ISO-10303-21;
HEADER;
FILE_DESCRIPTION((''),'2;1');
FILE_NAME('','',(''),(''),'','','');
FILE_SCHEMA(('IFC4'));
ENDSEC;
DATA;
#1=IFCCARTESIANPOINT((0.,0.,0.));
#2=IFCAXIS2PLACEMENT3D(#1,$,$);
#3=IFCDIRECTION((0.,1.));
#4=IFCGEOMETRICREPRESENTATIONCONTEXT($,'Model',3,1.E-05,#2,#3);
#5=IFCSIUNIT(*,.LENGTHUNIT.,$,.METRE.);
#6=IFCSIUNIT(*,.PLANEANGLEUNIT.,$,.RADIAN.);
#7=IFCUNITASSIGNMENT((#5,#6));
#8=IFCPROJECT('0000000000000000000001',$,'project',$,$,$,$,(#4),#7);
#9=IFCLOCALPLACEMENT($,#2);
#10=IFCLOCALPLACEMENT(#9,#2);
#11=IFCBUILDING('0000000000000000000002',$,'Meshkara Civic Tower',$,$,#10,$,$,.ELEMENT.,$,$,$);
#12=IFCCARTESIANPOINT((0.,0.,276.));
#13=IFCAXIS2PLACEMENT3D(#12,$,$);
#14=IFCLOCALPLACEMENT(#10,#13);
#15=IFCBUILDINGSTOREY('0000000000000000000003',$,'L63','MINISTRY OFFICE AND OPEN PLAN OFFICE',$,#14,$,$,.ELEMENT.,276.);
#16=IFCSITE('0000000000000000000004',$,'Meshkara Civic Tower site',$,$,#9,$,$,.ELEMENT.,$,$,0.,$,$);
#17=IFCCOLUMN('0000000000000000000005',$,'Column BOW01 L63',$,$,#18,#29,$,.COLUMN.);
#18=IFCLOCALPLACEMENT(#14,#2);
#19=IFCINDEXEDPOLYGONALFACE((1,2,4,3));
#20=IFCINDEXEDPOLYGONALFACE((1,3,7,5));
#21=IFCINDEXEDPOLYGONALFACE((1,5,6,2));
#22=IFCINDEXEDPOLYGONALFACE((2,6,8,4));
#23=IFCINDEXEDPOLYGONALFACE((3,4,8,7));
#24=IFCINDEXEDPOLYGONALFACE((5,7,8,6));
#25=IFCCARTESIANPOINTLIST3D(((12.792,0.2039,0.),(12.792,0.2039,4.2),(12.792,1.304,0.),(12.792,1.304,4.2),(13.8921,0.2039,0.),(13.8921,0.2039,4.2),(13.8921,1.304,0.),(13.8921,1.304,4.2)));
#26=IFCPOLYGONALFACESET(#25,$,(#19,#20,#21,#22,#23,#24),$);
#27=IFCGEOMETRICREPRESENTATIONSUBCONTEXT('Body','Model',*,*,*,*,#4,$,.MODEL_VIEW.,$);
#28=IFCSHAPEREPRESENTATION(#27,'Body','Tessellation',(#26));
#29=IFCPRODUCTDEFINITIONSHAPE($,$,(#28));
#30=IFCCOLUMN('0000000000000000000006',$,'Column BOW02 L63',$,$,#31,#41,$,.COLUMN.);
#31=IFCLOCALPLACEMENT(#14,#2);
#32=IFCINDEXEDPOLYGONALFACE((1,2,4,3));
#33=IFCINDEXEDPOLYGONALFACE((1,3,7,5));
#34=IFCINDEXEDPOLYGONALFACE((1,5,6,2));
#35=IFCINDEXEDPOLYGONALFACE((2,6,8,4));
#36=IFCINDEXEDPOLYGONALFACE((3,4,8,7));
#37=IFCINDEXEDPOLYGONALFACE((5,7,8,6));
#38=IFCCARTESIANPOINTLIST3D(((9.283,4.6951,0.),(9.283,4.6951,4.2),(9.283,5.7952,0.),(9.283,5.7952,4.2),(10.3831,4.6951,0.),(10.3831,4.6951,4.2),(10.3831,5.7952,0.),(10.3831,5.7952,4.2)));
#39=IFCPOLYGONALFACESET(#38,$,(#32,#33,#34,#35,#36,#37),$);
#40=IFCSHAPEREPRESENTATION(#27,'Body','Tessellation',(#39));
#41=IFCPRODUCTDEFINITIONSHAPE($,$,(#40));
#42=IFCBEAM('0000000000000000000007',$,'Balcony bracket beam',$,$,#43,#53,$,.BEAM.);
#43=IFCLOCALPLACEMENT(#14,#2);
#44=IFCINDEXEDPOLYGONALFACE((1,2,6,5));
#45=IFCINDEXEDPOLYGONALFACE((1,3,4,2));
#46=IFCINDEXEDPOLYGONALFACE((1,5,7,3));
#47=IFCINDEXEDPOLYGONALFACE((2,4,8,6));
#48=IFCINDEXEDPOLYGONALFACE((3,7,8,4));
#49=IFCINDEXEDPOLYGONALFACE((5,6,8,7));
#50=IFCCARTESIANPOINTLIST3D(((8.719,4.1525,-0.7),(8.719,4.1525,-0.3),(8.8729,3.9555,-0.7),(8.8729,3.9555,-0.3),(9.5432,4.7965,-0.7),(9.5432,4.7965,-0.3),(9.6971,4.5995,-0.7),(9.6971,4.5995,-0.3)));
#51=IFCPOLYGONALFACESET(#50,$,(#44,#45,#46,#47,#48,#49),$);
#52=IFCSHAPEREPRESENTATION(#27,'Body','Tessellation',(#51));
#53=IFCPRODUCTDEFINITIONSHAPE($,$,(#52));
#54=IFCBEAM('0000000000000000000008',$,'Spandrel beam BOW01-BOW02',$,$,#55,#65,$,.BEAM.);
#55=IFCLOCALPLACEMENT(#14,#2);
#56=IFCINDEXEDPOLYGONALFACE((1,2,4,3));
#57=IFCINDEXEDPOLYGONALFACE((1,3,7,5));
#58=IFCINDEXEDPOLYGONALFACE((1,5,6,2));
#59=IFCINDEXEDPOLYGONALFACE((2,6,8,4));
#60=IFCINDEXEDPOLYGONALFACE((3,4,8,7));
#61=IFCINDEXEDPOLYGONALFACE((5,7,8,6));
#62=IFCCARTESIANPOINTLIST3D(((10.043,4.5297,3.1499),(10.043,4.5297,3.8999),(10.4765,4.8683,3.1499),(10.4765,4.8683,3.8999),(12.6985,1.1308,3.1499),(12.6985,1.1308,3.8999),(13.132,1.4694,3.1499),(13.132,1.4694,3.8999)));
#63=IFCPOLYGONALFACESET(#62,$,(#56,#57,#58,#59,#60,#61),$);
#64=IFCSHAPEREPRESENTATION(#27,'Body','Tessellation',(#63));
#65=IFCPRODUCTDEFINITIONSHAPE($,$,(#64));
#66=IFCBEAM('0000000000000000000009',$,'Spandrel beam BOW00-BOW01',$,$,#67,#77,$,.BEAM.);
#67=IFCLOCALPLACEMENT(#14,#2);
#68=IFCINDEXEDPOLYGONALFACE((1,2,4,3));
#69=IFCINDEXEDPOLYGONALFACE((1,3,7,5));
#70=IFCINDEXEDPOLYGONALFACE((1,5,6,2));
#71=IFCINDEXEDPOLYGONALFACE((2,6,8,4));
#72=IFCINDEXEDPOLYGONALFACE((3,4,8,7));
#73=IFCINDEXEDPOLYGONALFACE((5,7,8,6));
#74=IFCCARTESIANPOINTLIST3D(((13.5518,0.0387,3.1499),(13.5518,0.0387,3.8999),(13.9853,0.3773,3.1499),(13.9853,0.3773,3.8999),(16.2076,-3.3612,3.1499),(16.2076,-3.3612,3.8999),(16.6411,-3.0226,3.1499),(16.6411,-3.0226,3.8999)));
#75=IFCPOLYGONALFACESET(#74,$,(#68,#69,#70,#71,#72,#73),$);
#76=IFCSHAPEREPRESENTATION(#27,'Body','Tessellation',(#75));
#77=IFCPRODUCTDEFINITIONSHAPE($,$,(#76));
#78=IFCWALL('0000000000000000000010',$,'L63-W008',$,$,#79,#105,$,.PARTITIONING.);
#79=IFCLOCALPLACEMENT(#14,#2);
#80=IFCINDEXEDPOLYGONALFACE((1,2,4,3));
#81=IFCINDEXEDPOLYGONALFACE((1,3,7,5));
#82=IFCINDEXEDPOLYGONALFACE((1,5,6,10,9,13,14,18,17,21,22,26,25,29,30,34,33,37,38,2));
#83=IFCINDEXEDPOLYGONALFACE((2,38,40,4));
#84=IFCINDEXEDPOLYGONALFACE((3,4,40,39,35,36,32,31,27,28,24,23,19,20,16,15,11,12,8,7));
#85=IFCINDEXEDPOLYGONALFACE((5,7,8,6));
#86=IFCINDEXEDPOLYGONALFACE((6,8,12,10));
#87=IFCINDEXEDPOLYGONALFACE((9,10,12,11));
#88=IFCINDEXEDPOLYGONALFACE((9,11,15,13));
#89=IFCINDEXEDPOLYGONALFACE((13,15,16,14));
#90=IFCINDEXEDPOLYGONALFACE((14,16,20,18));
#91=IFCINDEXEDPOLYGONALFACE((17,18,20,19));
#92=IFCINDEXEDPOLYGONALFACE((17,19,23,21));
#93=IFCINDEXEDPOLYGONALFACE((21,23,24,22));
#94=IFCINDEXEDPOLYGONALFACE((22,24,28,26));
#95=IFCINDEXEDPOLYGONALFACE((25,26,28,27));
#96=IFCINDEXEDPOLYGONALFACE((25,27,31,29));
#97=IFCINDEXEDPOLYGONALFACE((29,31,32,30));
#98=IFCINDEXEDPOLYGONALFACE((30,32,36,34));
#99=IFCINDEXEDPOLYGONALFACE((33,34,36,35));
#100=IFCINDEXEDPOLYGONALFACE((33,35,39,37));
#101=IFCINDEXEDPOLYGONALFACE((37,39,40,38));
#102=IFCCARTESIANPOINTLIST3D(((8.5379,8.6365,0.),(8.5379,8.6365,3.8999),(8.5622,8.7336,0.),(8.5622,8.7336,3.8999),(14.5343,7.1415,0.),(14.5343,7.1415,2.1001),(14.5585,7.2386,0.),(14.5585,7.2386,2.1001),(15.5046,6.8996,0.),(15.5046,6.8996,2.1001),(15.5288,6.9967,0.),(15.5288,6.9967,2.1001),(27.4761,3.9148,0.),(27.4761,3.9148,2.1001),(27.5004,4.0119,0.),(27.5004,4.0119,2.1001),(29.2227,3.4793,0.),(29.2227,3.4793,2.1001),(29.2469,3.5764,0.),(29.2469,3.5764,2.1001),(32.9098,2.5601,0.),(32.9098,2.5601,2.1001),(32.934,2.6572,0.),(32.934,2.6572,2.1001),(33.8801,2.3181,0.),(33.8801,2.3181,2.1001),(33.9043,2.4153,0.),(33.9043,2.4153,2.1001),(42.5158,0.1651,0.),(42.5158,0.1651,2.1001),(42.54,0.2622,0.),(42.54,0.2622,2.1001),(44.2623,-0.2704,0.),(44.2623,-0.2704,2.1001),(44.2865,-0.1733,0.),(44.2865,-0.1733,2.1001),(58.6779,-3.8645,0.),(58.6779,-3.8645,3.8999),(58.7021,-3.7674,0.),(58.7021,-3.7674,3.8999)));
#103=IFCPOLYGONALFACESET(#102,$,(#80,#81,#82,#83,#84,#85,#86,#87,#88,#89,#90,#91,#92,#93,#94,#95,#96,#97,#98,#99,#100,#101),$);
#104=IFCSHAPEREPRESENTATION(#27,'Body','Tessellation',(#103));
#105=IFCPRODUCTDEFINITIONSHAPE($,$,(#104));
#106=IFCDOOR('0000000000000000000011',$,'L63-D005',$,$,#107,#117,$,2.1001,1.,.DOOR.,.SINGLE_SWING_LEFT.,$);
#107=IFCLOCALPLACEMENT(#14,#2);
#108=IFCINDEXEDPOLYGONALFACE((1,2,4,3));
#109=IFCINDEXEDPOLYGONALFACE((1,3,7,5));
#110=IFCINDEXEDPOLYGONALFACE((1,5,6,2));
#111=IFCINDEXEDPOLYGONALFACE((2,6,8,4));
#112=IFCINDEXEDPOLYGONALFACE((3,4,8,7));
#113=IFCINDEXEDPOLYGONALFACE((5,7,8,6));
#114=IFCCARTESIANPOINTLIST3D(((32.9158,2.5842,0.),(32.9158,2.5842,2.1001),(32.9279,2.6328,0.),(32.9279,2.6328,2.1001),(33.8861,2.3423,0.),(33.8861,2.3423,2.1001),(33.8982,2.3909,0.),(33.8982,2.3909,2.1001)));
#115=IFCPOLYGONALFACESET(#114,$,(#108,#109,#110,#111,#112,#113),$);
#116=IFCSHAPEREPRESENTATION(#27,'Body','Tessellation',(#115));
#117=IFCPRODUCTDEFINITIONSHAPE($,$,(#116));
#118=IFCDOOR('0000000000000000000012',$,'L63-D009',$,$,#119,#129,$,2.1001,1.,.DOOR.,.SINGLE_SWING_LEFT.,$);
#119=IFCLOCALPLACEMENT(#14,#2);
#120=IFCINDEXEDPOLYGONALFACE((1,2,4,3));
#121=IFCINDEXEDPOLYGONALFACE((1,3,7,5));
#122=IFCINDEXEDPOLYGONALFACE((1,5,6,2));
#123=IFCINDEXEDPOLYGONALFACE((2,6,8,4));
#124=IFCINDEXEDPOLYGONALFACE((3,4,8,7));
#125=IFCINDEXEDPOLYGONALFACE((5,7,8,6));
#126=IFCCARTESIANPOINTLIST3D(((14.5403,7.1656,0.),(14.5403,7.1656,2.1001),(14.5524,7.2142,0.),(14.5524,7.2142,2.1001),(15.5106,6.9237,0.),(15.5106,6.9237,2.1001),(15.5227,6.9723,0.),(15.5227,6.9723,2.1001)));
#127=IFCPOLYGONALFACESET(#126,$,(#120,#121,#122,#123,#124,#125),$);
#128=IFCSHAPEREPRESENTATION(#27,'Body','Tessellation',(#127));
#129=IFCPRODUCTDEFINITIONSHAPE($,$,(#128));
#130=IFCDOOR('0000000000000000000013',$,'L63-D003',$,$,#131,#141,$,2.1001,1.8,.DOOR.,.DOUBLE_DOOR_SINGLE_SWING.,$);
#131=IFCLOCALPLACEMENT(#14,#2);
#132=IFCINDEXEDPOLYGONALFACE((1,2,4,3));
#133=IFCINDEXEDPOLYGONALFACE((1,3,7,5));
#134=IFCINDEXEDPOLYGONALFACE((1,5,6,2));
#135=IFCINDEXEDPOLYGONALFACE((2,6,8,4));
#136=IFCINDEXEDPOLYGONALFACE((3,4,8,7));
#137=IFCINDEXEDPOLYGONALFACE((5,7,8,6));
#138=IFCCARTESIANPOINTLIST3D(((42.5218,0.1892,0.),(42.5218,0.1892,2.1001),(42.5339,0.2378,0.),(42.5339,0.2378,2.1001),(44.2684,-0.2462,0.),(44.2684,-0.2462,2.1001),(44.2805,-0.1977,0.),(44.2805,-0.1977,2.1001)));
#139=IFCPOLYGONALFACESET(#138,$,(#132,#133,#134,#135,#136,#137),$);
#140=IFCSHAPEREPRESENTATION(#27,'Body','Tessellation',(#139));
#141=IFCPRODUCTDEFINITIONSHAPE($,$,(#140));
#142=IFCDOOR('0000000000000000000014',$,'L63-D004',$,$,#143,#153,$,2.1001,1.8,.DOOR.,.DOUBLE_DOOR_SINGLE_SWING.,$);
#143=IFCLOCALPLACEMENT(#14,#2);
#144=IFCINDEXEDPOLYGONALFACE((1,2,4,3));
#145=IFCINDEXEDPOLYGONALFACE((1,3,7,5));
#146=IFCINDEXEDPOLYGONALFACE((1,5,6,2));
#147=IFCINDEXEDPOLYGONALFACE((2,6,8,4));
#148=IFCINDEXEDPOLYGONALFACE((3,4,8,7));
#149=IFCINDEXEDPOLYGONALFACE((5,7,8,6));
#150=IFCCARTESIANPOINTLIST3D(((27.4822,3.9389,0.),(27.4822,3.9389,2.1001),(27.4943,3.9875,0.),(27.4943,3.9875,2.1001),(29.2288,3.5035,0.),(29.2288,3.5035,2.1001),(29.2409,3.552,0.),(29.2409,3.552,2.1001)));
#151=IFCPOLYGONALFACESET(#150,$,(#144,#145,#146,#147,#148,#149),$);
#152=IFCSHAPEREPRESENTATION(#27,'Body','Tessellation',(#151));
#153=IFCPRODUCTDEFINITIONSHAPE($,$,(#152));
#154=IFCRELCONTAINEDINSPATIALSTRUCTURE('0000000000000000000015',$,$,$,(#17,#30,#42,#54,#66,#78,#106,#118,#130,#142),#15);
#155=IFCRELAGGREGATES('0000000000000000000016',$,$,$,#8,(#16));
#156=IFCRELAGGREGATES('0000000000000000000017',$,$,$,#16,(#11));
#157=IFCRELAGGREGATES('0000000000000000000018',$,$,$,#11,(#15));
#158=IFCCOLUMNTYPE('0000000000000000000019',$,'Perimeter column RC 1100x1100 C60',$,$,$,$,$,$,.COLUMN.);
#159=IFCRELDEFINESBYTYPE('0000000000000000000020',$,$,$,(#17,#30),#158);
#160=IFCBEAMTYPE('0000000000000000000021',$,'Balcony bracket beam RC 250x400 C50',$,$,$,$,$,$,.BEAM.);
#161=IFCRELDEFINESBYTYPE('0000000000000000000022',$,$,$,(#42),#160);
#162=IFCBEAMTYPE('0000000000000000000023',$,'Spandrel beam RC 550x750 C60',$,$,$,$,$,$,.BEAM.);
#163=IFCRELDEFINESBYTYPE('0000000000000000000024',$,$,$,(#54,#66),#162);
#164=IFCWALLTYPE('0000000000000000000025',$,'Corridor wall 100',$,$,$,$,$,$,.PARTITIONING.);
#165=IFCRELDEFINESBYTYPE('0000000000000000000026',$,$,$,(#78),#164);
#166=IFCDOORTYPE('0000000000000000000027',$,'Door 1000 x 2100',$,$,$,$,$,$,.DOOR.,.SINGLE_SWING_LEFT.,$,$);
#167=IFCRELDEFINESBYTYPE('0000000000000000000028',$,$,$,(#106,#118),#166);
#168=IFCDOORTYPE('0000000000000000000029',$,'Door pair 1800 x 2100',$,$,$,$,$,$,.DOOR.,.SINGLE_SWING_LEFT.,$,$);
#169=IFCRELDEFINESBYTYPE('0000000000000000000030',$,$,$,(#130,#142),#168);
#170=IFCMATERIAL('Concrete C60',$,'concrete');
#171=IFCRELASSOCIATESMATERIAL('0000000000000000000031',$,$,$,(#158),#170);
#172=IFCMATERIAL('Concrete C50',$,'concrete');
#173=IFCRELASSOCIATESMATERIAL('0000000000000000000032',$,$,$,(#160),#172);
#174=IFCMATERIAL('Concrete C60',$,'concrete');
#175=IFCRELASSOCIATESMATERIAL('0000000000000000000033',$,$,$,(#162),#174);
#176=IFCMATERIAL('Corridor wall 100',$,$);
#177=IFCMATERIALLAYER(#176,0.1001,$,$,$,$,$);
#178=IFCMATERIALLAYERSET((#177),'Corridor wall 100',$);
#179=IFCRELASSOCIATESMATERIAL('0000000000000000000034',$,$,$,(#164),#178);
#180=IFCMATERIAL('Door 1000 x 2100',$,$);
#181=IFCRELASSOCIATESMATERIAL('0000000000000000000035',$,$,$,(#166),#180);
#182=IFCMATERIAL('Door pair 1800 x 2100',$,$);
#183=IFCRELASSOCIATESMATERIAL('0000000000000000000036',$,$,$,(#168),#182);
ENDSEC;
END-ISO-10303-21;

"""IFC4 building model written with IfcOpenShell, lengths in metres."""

from ifc_helpers import new_model, si_unit, direction, frame, frame_2d, origin, origin_2d, place, context, subcontext, project, spatial, rectangle, extrude, material, layer, layer_set, material_profile, profile_set, type_object, element, fill, save


model = new_model("IFC4")

# Units and contexts
model_context = context("Model", 3, precision=1e-05, world=origin(), true_north=direction((0.0, 1.0)))
body_context = subcontext(model_context, "Body", "Model", "MODEL_VIEW")
ifc_project = project(units=[si_unit("LENGTHUNIT", "METRE"), si_unit("PLANEANGLEUNIT", "RADIAN")], contexts=[model_context])

# Site, building, storey
site_placement = place(None, origin())
site = spatial("IfcSite", under=ifc_project, at=site_placement, Name="Meshkara Civic Tower site", CompositionType="ELEMENT", RefElevation=0.0)
building_placement = place(site_placement, origin())
building = spatial("IfcBuilding", under=site, at=building_placement, Name="Meshkara Civic Tower", CompositionType="ELEMENT")
storey_placement = place(building_placement, frame((0.0, 0.0, 276.0)))
storey = spatial("IfcBuildingStorey", under=building, at=storey_placement, Name="L63", Description="MINISTRY OFFICE AND OPEN PLAN OFFICE", CompositionType="ELEMENT", Elevation=276.0)

# Columns
ifc_material_1 = material(Name="Concrete C60", Category="concrete")
ifc_material_profile_1 = material_profile(ifc_material_1, rectangle(XDim=1.1001, YDim=1.1001, at=origin_2d()))
ifc_profile_set_1 = profile_set([ifc_material_profile_1], Name="Concrete C60")
column_type = type_object("IfcColumnType", Name="Perimeter column RC 1100x1100 C60", PredefinedType="COLUMN", material=ifc_profile_set_1)
for number, where, z_axis, x_axis, name in (
    (1, (13.342, 0.7539, 0.0), (0.0, 0.0, 1.0), (1.0, 0.0, 0.0), "Column BOW01 L63"),
    (2, (9.833, 5.2451, 0.0), (0.0, 0.0, 1.0), (1.0, 0.0, 0.0), "Column BOW02 L63"),
):
    element("IfcColumn", number, at=place(storey_placement, frame(where, z_axis=z_axis, x_axis=x_axis)), inside=storey, type_object=column_type, Name=name, PredefinedType="COLUMN", context=body_context, shape_type="SweptSolid", body=[
        extrude(rectangle(XDim=1.1001, YDim=1.1001, at=origin_2d()), origin(), (0.0, 0.0, 1.0), 4.2),
    ])

# Beams
ifc_material_2 = material(Name="Concrete C50", Category="concrete")
ifc_material_profile_2 = material_profile(ifc_material_2, rectangle(XDim=0.25, YDim=0.3999, at=origin_2d()))
ifc_profile_set_2 = profile_set([ifc_material_profile_2], Name="Concrete C50")
beam_type_1 = type_object("IfcBeamType", Name="Balcony bracket beam RC 250x400 C50", PredefinedType="BEAM", material=ifc_profile_set_2)
beam_1_placement = place(storey_placement, frame((9.6201, 4.698, -0.5), z_axis=(-0.787968, -0.615717, 0.0), x_axis=(0.615717, -0.787968, 0.0)))
element("IfcBeam", 3, at=beam_1_placement, inside=storey, type_object=beam_type_1, Name="Balcony bracket beam", PredefinedType="BEAM", context=body_context, shape_type="SweptSolid", body=[
    extrude(rectangle(XDim=0.25, YDim=0.3999, at=origin_2d()), origin(), (0.0, 0.0, 1.0), 1.0459),
])
ifc_material_3 = material(Name="Concrete C60", Category="concrete")
ifc_material_profile_3 = material_profile(ifc_material_3, rectangle(XDim=0.55, YDim=0.75, at=origin_2d()))
ifc_profile_set_3 = profile_set([ifc_material_profile_3], Name="Concrete C60")
beam_type_2 = type_object("IfcBeamType", Name="Spandrel beam RC 550x750 C60", PredefinedType="BEAM", material=ifc_profile_set_3)
beam_2_placement = place(storey_placement, frame((10.2598, 4.699, 3.5249), z_axis=(0.615659, -0.788012, 0.0), x_axis=(0.788012, 0.615659, 0.0)))
element("IfcBeam", 4, at=beam_2_placement, inside=storey, type_object=beam_type_2, Name="Spandrel beam BOW01-BOW02", PredefinedType="BEAM", context=body_context, shape_type="SweptSolid", body=[
    extrude(rectangle(XDim=0.55, YDim=0.75, at=origin_2d()), origin(), (0.0, 0.0, 1.0), 4.3132),
])
beam_3_placement = place(storey_placement, frame((13.7686, 0.208, 3.5249), z_axis=(0.615585, -0.788071, 0.0), x_axis=(0.788071, 0.615585, 0.0)))
element("IfcBeam", 5, at=beam_3_placement, inside=storey, type_object=beam_type_2, Name="Spandrel beam BOW00-BOW01", PredefinedType="BEAM", context=body_context, shape_type="SweptSolid", body=[
    extrude(rectangle(XDim=0.55, YDim=0.75, at=origin_2d()), origin(), (0.0, 0.0, 1.0), 4.3142),
])

# Wall, openings, doors
ifc_material_4 = material(Name="Corridor wall 100")
ifc_layer_1 = layer(ifc_material_4, 0.1001)
ifc_layer_set_1 = layer_set([ifc_layer_1], Name="Corridor wall 100")
wall_type_1 = type_object("IfcWallType", Name="Corridor wall 100", PredefinedType="PARTITIONING", material=ifc_layer_set_1)
wall_1_placement = place(storey_placement, frame((8.55, 8.6851, 0.0), z_axis=(0.0, 0.0, 1.0), x_axis=(0.970297, -0.241916, 0.0)))
wall_1 = element("IfcWall", 6, at=wall_1_placement, inside=storey, type_object=wall_type_1, Name="L63-W008", PredefinedType="PARTITIONING", context=body_context, shape_type="SweptSolid", body=[
    extrude(rectangle(XDim=51.6748, YDim=0.1001, at=frame_2d((25.8374, 0.0))), origin(), (0.0, 0.0, 1.0), 3.8999),
])
opening_1_placement = place(wall_1_placement, frame((35.0181, 0.0, 0.0)))
opening_1 = element("IfcOpeningElement", 7, at=opening_1_placement, cuts=wall_1, PredefinedType="OPENING", context=body_context, shape_type="SweptSolid", body=[
    extrude(rectangle(XDim=1.8, YDim=2.1001, at=frame_2d((0.8999, 1.05))), frame((0.0, 0.0601, 0.0), z_axis=(0.0, -1.0, 0.0), x_axis=(1.0, 0.0, 0.0)), (0.0, 0.0, 1.0), 0.1201),
])
opening_2_placement = place(wall_1_placement, frame((19.5181, 0.0, 0.0)))
opening_2 = element("IfcOpeningElement", 8, at=opening_2_placement, cuts=wall_1, PredefinedType="OPENING", context=body_context, shape_type="SweptSolid", body=[
    extrude(rectangle(XDim=1.8, YDim=2.1001, at=frame_2d((0.8999, 1.05))), frame((0.0, 0.0601, 0.0), z_axis=(0.0, -1.0, 0.0), x_axis=(1.0, 0.0, 0.0)), (0.0, 0.0, 1.0), 0.1201),
])
opening_3_placement = place(wall_1_placement, frame((25.1179, 0.0, 0.0)))
opening_3 = element("IfcOpeningElement", 9, at=opening_3_placement, cuts=wall_1, PredefinedType="OPENING", context=body_context, shape_type="SweptSolid", body=[
    extrude(rectangle(XDim=1.0, YDim=2.1001, at=frame_2d((0.5, 1.05))), frame((0.0, 0.0601, 0.0), z_axis=(0.0, -1.0, 0.0), x_axis=(1.0, 0.0, 0.0)), (0.0, 0.0, 1.0), 0.1201),
])
opening_4_placement = place(wall_1_placement, frame((6.1799, 0.0, 0.0)))
opening_4 = element("IfcOpeningElement", 10, at=opening_4_placement, cuts=wall_1, PredefinedType="OPENING", context=body_context, shape_type="SweptSolid", body=[
    extrude(rectangle(XDim=1.0, YDim=2.1001, at=frame_2d((0.5, 1.05))), frame((0.0, 0.0601, 0.0), z_axis=(0.0, -1.0, 0.0), x_axis=(1.0, 0.0, 0.0)), (0.0, 0.0, 1.0), 0.1201),
])
ifc_material_5 = material(Name="Door 1000 x 2100")
door_type_1 = type_object("IfcDoorType", Name="Door 1000 x 2100", OperationType="SINGLE_SWING_LEFT", PredefinedType="DOOR", material=ifc_material_5)
door_1_placement = place(opening_3_placement, origin())
door_1 = element("IfcDoor", 11, at=door_1_placement, inside=storey, type_object=door_type_1, Name="L63-D005", OperationType="SINGLE_SWING_LEFT", OverallHeight=2.1001, OverallWidth=1.0, PredefinedType="DOOR", context=body_context, shape_type="SweptSolid", body=[
    extrude(rectangle(XDim=1.0, YDim=2.1001, at=frame_2d((0.5, 1.05))), frame((0.0, 0.0249, 0.0), z_axis=(0.0, -1.0, 0.0), x_axis=(1.0, 0.0, 0.0)), (0.0, 0.0, 1.0), 0.05),
])
fill(opening_3, door_1)
door_2_placement = place(opening_4_placement, origin())
door_2 = element("IfcDoor", 12, at=door_2_placement, inside=storey, type_object=door_type_1, Name="L63-D009", OperationType="SINGLE_SWING_LEFT", OverallHeight=2.1001, OverallWidth=1.0, PredefinedType="DOOR", context=body_context, shape_type="SweptSolid", body=[
    extrude(rectangle(XDim=1.0, YDim=2.1001, at=frame_2d((0.5, 1.05))), frame((0.0, 0.0249, 0.0), z_axis=(0.0, -1.0, 0.0), x_axis=(1.0, 0.0, 0.0)), (0.0, 0.0, 1.0), 0.05),
])
fill(opening_4, door_2)
ifc_material_6 = material(Name="Door pair 1800 x 2100")
door_type_2 = type_object("IfcDoorType", Name="Door pair 1800 x 2100", OperationType="SINGLE_SWING_LEFT", PredefinedType="DOOR", material=ifc_material_6)
door_3_placement = place(opening_1_placement, origin())
door_3 = element("IfcDoor", 13, at=door_3_placement, inside=storey, type_object=door_type_2, Name="L63-D003", OperationType="DOUBLE_DOOR_SINGLE_SWING", OverallHeight=2.1001, OverallWidth=1.8, PredefinedType="DOOR", context=body_context, shape_type="SweptSolid", body=[
    extrude(rectangle(XDim=1.8, YDim=2.1001, at=frame_2d((0.8999, 1.05))), frame((0.0, 0.0249, 0.0), z_axis=(0.0, -1.0, 0.0), x_axis=(1.0, 0.0, 0.0)), (0.0, 0.0, 1.0), 0.05),
])
fill(opening_1, door_3)
door_4_placement = place(opening_2_placement, origin())
door_4 = element("IfcDoor", 14, at=door_4_placement, inside=storey, type_object=door_type_2, Name="L63-D004", OperationType="DOUBLE_DOOR_SINGLE_SWING", OverallHeight=2.1001, OverallWidth=1.8, PredefinedType="DOOR", context=body_context, shape_type="SweptSolid", body=[
    extrude(rectangle(XDim=1.8, YDim=2.1001, at=frame_2d((0.8999, 1.05))), frame((0.0, 0.0249, 0.0), z_axis=(0.0, -1.0, 0.0), x_axis=(1.0, 0.0, 0.0)), (0.0, 0.0, 1.0), 0.05),
])
fill(opening_2, door_4)

save(model, "model.ifc")
